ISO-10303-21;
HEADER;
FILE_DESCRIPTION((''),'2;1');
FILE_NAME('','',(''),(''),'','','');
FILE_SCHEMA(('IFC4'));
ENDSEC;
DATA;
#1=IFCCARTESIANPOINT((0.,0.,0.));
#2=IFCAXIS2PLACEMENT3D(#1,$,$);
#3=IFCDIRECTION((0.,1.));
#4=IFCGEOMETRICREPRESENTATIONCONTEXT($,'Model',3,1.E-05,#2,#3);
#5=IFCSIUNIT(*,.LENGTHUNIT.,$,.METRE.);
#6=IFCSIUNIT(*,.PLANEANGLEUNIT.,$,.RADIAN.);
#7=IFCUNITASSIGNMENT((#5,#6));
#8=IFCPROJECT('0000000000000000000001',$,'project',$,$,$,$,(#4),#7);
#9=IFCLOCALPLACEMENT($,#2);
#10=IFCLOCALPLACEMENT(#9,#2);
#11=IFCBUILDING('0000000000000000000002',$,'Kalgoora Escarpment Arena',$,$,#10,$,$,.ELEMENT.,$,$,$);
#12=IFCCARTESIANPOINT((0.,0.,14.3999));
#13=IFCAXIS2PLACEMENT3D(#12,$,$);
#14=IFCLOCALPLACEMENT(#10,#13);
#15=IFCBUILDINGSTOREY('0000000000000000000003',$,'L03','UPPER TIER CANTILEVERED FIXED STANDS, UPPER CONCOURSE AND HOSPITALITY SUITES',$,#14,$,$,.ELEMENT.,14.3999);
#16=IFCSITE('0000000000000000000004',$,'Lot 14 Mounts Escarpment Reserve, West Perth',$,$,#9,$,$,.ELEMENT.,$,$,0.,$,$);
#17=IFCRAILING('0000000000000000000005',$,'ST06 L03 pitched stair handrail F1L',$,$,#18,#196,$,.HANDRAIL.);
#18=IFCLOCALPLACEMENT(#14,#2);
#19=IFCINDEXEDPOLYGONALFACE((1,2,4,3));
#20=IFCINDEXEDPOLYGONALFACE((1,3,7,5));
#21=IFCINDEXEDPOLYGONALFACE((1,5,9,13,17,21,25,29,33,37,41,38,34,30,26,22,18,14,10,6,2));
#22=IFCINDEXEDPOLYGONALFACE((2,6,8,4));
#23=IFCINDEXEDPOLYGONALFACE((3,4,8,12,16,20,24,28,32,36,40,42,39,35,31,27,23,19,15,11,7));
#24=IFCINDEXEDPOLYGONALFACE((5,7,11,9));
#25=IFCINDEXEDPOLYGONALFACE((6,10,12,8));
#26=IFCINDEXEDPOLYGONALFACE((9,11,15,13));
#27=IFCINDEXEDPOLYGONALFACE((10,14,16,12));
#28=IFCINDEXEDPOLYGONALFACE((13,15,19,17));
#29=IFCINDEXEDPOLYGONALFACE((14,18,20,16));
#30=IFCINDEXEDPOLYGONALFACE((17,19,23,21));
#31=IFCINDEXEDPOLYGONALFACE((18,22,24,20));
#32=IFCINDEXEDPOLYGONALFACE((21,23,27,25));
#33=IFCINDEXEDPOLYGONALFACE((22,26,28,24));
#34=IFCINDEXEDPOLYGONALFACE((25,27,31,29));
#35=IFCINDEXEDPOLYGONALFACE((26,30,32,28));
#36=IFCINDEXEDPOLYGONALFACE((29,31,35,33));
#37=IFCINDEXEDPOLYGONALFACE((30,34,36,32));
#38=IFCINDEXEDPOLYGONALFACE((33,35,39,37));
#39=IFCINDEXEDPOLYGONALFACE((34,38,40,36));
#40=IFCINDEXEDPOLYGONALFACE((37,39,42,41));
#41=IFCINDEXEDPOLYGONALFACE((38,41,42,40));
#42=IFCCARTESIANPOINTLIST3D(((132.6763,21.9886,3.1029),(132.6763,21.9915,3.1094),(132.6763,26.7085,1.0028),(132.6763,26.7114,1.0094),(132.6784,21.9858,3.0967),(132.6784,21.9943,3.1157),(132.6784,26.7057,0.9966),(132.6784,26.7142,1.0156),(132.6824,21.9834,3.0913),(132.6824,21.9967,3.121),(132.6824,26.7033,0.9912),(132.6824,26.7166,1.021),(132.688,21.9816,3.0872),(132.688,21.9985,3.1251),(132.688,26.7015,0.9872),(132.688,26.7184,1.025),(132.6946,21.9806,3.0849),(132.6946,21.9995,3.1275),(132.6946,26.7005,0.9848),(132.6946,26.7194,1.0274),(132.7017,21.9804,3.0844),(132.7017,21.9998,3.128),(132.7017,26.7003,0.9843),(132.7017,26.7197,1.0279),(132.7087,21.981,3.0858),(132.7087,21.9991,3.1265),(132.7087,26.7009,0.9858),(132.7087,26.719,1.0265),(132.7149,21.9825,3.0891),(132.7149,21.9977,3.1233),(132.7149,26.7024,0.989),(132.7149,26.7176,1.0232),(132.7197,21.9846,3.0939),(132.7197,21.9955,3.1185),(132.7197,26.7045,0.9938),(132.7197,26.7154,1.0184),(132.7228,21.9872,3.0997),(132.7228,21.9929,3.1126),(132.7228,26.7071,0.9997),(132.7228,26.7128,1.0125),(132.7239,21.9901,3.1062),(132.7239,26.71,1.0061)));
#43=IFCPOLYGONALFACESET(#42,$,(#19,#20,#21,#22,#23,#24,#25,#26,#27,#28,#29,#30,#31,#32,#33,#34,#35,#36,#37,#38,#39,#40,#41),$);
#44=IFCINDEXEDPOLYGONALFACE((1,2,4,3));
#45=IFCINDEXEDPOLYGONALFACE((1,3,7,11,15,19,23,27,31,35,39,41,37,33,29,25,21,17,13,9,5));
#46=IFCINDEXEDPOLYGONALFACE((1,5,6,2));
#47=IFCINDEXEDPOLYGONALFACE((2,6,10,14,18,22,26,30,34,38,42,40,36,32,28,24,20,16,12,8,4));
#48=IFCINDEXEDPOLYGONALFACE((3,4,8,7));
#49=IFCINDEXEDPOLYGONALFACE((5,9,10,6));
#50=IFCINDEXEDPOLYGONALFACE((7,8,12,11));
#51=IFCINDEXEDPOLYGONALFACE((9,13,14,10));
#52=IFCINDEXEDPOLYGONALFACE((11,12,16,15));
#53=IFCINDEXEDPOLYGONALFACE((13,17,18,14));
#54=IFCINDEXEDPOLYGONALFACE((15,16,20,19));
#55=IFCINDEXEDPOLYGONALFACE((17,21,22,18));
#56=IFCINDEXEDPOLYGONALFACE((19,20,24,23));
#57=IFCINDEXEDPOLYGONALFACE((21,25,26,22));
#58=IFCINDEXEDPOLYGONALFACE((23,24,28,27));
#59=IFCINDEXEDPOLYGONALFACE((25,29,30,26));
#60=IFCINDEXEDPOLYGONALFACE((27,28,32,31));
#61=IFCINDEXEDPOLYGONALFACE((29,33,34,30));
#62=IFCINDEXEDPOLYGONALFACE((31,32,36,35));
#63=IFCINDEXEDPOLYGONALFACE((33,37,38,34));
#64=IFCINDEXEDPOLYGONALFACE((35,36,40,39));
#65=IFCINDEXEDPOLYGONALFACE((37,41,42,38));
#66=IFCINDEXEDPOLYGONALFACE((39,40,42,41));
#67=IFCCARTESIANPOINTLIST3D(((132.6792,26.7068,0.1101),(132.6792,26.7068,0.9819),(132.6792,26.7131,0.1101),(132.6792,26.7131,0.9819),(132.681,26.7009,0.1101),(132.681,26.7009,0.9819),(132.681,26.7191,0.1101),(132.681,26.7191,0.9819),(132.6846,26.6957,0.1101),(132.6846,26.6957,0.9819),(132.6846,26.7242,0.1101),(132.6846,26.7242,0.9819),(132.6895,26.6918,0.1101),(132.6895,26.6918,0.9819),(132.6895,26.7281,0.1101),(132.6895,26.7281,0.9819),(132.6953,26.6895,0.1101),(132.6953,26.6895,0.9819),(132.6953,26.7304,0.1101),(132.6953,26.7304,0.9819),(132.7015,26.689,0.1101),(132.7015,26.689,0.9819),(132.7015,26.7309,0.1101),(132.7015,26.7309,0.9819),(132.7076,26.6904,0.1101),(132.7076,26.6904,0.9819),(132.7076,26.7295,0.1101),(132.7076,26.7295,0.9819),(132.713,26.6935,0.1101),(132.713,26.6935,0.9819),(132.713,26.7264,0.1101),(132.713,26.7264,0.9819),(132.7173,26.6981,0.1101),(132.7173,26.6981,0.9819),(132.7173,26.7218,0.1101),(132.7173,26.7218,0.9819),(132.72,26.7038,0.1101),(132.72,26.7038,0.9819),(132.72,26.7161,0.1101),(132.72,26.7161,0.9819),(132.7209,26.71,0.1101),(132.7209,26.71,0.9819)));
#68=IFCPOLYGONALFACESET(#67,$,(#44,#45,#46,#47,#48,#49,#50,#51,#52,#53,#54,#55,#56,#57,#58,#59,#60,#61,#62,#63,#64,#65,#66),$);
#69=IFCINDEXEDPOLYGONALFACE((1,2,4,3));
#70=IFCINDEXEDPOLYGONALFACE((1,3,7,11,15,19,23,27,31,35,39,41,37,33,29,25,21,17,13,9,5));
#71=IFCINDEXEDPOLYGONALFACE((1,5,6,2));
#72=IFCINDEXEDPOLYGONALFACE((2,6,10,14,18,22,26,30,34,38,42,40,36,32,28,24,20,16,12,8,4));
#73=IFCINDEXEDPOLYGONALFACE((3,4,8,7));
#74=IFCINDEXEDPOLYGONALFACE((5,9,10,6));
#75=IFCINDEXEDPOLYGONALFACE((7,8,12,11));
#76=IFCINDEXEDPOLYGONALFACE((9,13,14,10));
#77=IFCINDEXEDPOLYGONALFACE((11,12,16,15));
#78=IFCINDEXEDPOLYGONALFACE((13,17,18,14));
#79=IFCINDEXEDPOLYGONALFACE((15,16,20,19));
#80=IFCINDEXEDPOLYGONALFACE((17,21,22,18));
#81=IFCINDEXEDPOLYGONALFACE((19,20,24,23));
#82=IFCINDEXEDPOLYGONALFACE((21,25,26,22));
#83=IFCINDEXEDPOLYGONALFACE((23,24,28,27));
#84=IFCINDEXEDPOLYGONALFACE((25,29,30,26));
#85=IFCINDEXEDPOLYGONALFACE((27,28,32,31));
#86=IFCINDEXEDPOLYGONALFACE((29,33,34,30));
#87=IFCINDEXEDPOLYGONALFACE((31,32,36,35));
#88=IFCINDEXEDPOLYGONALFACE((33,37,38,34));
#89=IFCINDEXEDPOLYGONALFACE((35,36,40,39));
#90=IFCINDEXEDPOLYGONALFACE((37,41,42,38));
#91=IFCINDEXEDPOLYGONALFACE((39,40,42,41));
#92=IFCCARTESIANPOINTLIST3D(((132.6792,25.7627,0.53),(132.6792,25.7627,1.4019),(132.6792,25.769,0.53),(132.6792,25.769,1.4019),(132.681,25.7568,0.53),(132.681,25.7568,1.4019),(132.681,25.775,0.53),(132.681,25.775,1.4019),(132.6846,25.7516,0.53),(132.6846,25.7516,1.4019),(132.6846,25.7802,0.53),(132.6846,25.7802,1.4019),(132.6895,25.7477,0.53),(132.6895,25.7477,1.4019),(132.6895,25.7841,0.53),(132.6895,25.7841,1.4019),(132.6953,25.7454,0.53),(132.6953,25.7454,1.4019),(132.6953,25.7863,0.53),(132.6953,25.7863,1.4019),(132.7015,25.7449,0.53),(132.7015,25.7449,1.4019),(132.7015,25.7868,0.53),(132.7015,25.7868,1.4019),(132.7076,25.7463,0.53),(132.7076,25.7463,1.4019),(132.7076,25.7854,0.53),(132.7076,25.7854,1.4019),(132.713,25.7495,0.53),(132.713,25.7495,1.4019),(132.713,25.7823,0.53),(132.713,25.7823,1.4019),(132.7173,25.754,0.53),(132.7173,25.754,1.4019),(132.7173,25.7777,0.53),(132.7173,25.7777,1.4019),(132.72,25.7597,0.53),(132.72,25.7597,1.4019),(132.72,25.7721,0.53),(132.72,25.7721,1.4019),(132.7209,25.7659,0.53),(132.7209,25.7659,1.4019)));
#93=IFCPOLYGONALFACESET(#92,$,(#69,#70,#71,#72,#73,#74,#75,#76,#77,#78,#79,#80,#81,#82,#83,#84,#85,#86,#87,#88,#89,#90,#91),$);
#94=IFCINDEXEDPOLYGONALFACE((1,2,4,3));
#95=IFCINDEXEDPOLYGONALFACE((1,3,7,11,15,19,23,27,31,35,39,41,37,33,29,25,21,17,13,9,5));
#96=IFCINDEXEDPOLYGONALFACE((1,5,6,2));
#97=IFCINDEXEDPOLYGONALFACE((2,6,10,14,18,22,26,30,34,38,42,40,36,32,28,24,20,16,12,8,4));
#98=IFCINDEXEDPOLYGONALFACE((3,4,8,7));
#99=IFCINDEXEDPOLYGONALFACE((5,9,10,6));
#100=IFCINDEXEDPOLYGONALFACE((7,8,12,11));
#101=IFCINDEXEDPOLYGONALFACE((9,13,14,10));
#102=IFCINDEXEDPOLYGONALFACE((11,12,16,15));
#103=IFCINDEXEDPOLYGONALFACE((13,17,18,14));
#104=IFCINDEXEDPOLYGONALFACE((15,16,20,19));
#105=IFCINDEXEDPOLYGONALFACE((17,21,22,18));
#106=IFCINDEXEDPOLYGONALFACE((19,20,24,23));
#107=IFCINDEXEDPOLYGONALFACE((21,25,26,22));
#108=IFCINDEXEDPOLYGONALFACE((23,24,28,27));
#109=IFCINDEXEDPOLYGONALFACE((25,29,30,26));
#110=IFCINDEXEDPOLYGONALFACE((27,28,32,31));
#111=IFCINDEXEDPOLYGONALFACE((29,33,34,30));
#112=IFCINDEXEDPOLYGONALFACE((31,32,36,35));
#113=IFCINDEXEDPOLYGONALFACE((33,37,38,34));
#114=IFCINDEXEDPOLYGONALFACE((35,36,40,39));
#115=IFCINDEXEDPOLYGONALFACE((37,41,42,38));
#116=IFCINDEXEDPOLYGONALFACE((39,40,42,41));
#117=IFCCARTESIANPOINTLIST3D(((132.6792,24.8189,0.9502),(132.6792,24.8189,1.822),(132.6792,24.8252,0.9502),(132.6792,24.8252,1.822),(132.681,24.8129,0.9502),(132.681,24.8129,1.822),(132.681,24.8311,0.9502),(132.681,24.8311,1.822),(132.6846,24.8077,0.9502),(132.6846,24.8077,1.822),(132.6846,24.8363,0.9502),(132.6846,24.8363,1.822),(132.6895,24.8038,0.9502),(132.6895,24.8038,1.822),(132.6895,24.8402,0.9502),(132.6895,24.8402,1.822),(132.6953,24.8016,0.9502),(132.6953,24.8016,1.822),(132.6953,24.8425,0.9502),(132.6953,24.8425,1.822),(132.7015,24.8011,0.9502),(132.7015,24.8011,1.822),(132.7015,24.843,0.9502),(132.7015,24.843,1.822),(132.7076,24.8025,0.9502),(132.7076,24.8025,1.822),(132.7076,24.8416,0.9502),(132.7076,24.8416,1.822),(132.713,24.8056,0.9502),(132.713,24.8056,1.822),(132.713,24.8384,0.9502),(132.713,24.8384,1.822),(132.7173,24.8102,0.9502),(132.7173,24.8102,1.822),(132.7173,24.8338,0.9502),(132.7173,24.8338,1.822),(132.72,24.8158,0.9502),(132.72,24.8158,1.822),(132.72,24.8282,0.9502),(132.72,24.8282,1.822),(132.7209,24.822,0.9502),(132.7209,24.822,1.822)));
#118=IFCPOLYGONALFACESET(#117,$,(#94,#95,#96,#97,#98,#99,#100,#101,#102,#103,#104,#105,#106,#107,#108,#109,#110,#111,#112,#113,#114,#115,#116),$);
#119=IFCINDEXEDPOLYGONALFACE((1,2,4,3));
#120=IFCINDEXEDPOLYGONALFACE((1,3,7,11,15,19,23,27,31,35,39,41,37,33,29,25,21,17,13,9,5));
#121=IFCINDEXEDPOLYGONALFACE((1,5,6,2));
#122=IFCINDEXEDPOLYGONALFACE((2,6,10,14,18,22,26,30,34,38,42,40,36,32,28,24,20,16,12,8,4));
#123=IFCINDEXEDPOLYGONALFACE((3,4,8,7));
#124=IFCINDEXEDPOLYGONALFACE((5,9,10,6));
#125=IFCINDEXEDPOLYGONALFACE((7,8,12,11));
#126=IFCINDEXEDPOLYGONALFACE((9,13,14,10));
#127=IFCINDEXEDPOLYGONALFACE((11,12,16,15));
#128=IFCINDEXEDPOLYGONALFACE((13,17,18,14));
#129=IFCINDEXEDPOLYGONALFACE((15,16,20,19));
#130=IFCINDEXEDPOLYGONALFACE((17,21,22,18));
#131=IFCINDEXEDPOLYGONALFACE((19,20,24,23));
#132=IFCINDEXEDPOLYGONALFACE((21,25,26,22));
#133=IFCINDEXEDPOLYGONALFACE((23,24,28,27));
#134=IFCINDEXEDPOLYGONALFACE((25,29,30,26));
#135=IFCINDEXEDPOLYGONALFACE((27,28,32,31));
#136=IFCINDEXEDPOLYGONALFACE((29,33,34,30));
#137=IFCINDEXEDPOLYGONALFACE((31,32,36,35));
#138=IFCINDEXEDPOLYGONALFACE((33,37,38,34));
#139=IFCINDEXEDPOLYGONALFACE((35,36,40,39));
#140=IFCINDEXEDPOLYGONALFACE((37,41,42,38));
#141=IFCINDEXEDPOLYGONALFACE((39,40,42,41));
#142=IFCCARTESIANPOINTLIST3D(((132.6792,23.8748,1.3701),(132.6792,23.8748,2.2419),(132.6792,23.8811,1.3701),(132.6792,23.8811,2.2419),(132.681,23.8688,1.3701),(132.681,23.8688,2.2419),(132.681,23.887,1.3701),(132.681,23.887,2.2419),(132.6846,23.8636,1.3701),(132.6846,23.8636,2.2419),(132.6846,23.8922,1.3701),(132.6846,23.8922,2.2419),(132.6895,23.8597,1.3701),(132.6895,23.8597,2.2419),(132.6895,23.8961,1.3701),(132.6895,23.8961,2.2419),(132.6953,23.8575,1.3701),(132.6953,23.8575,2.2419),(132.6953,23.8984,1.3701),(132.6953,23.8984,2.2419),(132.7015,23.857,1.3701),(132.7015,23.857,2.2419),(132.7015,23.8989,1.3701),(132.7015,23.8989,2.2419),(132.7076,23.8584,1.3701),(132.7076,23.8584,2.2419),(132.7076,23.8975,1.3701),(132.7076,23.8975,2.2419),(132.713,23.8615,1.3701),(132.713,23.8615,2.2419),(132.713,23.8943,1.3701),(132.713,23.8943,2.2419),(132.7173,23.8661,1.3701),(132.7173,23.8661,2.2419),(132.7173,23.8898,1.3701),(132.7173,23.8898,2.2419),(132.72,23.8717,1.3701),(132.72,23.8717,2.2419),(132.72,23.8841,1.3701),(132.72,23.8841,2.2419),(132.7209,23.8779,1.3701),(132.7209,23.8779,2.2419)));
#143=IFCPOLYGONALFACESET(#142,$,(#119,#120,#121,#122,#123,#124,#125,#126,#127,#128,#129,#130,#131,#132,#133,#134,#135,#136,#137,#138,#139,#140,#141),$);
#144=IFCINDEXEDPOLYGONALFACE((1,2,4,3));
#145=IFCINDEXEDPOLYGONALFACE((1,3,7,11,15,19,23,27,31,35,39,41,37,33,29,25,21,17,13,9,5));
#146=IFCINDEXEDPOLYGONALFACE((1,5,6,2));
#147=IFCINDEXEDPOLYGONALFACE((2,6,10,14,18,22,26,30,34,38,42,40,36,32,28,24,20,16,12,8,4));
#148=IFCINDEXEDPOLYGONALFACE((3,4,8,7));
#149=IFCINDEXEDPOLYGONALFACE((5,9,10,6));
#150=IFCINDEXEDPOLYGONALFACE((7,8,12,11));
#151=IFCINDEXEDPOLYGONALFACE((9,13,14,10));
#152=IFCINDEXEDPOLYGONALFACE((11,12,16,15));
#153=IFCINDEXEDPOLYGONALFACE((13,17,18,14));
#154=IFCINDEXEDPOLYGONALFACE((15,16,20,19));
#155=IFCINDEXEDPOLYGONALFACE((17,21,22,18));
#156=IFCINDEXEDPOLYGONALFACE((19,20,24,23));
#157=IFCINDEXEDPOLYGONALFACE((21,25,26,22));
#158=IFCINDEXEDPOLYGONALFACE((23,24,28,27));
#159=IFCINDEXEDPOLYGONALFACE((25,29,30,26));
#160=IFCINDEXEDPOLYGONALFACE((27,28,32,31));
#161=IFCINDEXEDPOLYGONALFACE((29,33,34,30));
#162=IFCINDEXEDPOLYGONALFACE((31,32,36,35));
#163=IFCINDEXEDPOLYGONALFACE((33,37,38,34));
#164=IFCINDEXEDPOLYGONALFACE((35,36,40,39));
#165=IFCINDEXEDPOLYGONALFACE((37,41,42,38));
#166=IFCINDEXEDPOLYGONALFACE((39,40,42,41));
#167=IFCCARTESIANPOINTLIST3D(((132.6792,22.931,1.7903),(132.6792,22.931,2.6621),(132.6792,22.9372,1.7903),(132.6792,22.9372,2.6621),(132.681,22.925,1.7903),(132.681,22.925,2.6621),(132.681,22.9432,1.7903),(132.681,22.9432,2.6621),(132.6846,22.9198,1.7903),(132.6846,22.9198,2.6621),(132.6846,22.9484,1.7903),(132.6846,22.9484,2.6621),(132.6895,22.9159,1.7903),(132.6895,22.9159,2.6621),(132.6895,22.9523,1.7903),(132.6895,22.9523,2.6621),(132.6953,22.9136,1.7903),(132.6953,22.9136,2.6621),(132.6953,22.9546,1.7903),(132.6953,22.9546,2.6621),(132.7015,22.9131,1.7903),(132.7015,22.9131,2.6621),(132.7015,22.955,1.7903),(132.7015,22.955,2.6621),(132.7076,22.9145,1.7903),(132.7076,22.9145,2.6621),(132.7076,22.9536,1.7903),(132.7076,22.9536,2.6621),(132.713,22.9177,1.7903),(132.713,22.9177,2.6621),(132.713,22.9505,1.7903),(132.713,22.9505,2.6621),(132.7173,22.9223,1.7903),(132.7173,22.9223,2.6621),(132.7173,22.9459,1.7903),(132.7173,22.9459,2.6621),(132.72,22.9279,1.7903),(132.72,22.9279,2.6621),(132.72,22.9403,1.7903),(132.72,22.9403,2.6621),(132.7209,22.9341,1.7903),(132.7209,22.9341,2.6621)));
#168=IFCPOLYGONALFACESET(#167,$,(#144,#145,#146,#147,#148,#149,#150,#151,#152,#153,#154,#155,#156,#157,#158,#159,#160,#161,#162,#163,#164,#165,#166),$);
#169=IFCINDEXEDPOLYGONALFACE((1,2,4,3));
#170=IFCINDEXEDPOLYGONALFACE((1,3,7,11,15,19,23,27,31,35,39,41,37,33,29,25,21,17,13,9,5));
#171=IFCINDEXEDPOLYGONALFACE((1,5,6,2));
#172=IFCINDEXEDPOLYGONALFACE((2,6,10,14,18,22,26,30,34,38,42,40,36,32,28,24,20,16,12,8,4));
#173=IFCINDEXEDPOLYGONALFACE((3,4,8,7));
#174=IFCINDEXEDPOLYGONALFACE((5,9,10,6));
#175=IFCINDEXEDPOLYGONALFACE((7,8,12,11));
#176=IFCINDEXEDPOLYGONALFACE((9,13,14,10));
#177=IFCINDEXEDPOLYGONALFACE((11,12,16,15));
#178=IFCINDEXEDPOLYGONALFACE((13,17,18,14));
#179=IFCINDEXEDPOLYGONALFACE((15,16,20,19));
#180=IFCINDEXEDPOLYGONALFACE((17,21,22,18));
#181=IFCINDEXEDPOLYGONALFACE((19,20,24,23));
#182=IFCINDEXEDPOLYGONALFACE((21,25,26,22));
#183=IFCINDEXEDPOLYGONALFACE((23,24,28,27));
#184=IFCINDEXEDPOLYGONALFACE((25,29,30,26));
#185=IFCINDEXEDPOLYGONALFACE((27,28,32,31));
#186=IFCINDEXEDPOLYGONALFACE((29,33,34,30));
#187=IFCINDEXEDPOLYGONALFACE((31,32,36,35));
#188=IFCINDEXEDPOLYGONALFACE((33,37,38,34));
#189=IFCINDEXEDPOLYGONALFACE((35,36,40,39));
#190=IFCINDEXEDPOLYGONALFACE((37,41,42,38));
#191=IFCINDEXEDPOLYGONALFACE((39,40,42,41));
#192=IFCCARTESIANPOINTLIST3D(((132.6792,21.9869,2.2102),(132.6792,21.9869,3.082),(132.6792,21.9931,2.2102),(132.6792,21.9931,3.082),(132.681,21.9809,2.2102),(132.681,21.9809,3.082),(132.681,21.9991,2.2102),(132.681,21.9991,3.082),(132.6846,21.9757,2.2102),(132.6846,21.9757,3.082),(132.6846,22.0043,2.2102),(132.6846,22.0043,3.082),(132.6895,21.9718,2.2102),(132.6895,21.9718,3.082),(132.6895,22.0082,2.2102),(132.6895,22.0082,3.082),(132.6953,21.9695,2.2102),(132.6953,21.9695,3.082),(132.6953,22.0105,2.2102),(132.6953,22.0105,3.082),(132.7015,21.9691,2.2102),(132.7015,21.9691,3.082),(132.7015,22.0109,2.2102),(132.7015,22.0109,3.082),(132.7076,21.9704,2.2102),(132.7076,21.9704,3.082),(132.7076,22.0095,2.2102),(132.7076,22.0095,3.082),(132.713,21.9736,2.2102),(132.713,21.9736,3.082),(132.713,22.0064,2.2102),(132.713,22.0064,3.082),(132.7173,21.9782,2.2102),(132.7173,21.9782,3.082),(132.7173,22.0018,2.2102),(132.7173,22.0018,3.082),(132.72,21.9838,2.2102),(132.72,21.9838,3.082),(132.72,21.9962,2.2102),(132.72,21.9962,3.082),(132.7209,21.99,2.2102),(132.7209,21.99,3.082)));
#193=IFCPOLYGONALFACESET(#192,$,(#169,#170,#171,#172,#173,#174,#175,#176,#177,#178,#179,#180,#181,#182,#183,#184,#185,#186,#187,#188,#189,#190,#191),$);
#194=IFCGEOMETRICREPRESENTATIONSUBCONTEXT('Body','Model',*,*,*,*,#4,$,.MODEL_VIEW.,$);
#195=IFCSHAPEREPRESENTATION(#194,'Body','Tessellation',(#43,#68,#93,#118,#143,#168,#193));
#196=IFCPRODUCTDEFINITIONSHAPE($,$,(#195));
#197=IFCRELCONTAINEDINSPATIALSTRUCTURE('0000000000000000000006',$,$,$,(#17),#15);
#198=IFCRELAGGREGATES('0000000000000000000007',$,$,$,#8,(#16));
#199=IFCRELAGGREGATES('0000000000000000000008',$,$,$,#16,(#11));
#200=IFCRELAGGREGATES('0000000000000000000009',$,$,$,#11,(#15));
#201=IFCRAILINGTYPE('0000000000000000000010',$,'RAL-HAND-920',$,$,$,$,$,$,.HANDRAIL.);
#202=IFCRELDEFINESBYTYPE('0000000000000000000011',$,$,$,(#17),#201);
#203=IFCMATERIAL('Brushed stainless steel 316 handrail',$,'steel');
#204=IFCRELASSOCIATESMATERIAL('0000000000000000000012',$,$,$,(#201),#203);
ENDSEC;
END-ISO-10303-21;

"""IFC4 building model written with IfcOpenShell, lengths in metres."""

from ifc_helpers import new_model, si_unit, direction, frame, origin, origin_2d, place, context, subcontext, project, spatial, circle, extrude, material, type_object, element, save


model = new_model("IFC4")

# Units and contexts
model_context = context("Model", 3, precision=1e-05, world=origin(), true_north=direction((0.0, 1.0)))
body_context = subcontext(model_context, "Body", "Model", "MODEL_VIEW")
ifc_project = project(units=[si_unit("LENGTHUNIT", "METRE"), si_unit("PLANEANGLEUNIT", "RADIAN")], contexts=[model_context])

# Site, building, storey
site_placement = place(None, origin())
site = spatial("IfcSite", under=ifc_project, at=site_placement, Name="Lot 14 Mounts Escarpment Reserve, West Perth", CompositionType="ELEMENT", RefElevation=0.0)
building_placement = place(site_placement, origin())
building = spatial("IfcBuilding", under=site, at=building_placement, Name="Kalgoora Escarpment Arena", CompositionType="ELEMENT")
storey_placement = place(building_placement, frame((0.0, 0.0, 14.3999)))
storey = spatial("IfcBuildingStorey", under=building, at=storey_placement, Name="L03", Description="UPPER TIER CANTILEVERED FIXED STANDS, UPPER CONCOURSE AND HOSPITALITY SUITES", CompositionType="ELEMENT", Elevation=14.3999)

# Railing
ifc_material_1 = material(Name="Brushed stainless steel 316 handrail", Category="steel")
railing_type_1 = type_object("IfcRailingType", Name="RAL-HAND-920", PredefinedType="HANDRAIL", material=ifc_material_1)
for number, where, name in (
    (1, (132.7, 26.71, 0.1101), "ST06 L03 pitched stair handrail F1L"),
):
    element("IfcRailing", number, at=place(storey_placement, frame(where)), inside=storey, type_object=railing_type_1, Name=name, PredefinedType="HANDRAIL", context=body_context, shape_type="SweptSolid", body=[
        extrude(circle(Radius=0.0239, at=origin_2d()), frame((0.0, 0.0, 0.896), z_axis=(0.0, -0.913644, 0.406516), x_axis=(1.0, 0.0, 0.0)), (0.0, 0.0, 1.0), 5.166),
        extrude(circle(Radius=0.021, at=origin_2d()), origin(), (0.0, 0.0, 1.0), 0.8718),
        extrude(circle(Radius=0.021, at=origin_2d()), frame((0.0, -0.9441, 0.4199)), (0.0, 0.0, 1.0), 0.8718),
        extrude(circle(Radius=0.021, at=origin_2d()), frame((0.0, -1.8879, 0.8401)), (0.0, 0.0, 1.0), 0.8718),
        extrude(circle(Radius=0.021, at=origin_2d()), frame((0.0, -2.832, 1.26)), (0.0, 0.0, 1.0), 0.8718),
        extrude(circle(Radius=0.021, at=origin_2d()), frame((0.0, -3.7759, 1.6802)), (0.0, 0.0, 1.0), 0.8718),
        extrude(circle(Radius=0.021, at=origin_2d()), frame((0.0, -4.72, 2.1001)), (0.0, 0.0, 1.0), 0.8718),
    ])

save(model, "model.ifc")
